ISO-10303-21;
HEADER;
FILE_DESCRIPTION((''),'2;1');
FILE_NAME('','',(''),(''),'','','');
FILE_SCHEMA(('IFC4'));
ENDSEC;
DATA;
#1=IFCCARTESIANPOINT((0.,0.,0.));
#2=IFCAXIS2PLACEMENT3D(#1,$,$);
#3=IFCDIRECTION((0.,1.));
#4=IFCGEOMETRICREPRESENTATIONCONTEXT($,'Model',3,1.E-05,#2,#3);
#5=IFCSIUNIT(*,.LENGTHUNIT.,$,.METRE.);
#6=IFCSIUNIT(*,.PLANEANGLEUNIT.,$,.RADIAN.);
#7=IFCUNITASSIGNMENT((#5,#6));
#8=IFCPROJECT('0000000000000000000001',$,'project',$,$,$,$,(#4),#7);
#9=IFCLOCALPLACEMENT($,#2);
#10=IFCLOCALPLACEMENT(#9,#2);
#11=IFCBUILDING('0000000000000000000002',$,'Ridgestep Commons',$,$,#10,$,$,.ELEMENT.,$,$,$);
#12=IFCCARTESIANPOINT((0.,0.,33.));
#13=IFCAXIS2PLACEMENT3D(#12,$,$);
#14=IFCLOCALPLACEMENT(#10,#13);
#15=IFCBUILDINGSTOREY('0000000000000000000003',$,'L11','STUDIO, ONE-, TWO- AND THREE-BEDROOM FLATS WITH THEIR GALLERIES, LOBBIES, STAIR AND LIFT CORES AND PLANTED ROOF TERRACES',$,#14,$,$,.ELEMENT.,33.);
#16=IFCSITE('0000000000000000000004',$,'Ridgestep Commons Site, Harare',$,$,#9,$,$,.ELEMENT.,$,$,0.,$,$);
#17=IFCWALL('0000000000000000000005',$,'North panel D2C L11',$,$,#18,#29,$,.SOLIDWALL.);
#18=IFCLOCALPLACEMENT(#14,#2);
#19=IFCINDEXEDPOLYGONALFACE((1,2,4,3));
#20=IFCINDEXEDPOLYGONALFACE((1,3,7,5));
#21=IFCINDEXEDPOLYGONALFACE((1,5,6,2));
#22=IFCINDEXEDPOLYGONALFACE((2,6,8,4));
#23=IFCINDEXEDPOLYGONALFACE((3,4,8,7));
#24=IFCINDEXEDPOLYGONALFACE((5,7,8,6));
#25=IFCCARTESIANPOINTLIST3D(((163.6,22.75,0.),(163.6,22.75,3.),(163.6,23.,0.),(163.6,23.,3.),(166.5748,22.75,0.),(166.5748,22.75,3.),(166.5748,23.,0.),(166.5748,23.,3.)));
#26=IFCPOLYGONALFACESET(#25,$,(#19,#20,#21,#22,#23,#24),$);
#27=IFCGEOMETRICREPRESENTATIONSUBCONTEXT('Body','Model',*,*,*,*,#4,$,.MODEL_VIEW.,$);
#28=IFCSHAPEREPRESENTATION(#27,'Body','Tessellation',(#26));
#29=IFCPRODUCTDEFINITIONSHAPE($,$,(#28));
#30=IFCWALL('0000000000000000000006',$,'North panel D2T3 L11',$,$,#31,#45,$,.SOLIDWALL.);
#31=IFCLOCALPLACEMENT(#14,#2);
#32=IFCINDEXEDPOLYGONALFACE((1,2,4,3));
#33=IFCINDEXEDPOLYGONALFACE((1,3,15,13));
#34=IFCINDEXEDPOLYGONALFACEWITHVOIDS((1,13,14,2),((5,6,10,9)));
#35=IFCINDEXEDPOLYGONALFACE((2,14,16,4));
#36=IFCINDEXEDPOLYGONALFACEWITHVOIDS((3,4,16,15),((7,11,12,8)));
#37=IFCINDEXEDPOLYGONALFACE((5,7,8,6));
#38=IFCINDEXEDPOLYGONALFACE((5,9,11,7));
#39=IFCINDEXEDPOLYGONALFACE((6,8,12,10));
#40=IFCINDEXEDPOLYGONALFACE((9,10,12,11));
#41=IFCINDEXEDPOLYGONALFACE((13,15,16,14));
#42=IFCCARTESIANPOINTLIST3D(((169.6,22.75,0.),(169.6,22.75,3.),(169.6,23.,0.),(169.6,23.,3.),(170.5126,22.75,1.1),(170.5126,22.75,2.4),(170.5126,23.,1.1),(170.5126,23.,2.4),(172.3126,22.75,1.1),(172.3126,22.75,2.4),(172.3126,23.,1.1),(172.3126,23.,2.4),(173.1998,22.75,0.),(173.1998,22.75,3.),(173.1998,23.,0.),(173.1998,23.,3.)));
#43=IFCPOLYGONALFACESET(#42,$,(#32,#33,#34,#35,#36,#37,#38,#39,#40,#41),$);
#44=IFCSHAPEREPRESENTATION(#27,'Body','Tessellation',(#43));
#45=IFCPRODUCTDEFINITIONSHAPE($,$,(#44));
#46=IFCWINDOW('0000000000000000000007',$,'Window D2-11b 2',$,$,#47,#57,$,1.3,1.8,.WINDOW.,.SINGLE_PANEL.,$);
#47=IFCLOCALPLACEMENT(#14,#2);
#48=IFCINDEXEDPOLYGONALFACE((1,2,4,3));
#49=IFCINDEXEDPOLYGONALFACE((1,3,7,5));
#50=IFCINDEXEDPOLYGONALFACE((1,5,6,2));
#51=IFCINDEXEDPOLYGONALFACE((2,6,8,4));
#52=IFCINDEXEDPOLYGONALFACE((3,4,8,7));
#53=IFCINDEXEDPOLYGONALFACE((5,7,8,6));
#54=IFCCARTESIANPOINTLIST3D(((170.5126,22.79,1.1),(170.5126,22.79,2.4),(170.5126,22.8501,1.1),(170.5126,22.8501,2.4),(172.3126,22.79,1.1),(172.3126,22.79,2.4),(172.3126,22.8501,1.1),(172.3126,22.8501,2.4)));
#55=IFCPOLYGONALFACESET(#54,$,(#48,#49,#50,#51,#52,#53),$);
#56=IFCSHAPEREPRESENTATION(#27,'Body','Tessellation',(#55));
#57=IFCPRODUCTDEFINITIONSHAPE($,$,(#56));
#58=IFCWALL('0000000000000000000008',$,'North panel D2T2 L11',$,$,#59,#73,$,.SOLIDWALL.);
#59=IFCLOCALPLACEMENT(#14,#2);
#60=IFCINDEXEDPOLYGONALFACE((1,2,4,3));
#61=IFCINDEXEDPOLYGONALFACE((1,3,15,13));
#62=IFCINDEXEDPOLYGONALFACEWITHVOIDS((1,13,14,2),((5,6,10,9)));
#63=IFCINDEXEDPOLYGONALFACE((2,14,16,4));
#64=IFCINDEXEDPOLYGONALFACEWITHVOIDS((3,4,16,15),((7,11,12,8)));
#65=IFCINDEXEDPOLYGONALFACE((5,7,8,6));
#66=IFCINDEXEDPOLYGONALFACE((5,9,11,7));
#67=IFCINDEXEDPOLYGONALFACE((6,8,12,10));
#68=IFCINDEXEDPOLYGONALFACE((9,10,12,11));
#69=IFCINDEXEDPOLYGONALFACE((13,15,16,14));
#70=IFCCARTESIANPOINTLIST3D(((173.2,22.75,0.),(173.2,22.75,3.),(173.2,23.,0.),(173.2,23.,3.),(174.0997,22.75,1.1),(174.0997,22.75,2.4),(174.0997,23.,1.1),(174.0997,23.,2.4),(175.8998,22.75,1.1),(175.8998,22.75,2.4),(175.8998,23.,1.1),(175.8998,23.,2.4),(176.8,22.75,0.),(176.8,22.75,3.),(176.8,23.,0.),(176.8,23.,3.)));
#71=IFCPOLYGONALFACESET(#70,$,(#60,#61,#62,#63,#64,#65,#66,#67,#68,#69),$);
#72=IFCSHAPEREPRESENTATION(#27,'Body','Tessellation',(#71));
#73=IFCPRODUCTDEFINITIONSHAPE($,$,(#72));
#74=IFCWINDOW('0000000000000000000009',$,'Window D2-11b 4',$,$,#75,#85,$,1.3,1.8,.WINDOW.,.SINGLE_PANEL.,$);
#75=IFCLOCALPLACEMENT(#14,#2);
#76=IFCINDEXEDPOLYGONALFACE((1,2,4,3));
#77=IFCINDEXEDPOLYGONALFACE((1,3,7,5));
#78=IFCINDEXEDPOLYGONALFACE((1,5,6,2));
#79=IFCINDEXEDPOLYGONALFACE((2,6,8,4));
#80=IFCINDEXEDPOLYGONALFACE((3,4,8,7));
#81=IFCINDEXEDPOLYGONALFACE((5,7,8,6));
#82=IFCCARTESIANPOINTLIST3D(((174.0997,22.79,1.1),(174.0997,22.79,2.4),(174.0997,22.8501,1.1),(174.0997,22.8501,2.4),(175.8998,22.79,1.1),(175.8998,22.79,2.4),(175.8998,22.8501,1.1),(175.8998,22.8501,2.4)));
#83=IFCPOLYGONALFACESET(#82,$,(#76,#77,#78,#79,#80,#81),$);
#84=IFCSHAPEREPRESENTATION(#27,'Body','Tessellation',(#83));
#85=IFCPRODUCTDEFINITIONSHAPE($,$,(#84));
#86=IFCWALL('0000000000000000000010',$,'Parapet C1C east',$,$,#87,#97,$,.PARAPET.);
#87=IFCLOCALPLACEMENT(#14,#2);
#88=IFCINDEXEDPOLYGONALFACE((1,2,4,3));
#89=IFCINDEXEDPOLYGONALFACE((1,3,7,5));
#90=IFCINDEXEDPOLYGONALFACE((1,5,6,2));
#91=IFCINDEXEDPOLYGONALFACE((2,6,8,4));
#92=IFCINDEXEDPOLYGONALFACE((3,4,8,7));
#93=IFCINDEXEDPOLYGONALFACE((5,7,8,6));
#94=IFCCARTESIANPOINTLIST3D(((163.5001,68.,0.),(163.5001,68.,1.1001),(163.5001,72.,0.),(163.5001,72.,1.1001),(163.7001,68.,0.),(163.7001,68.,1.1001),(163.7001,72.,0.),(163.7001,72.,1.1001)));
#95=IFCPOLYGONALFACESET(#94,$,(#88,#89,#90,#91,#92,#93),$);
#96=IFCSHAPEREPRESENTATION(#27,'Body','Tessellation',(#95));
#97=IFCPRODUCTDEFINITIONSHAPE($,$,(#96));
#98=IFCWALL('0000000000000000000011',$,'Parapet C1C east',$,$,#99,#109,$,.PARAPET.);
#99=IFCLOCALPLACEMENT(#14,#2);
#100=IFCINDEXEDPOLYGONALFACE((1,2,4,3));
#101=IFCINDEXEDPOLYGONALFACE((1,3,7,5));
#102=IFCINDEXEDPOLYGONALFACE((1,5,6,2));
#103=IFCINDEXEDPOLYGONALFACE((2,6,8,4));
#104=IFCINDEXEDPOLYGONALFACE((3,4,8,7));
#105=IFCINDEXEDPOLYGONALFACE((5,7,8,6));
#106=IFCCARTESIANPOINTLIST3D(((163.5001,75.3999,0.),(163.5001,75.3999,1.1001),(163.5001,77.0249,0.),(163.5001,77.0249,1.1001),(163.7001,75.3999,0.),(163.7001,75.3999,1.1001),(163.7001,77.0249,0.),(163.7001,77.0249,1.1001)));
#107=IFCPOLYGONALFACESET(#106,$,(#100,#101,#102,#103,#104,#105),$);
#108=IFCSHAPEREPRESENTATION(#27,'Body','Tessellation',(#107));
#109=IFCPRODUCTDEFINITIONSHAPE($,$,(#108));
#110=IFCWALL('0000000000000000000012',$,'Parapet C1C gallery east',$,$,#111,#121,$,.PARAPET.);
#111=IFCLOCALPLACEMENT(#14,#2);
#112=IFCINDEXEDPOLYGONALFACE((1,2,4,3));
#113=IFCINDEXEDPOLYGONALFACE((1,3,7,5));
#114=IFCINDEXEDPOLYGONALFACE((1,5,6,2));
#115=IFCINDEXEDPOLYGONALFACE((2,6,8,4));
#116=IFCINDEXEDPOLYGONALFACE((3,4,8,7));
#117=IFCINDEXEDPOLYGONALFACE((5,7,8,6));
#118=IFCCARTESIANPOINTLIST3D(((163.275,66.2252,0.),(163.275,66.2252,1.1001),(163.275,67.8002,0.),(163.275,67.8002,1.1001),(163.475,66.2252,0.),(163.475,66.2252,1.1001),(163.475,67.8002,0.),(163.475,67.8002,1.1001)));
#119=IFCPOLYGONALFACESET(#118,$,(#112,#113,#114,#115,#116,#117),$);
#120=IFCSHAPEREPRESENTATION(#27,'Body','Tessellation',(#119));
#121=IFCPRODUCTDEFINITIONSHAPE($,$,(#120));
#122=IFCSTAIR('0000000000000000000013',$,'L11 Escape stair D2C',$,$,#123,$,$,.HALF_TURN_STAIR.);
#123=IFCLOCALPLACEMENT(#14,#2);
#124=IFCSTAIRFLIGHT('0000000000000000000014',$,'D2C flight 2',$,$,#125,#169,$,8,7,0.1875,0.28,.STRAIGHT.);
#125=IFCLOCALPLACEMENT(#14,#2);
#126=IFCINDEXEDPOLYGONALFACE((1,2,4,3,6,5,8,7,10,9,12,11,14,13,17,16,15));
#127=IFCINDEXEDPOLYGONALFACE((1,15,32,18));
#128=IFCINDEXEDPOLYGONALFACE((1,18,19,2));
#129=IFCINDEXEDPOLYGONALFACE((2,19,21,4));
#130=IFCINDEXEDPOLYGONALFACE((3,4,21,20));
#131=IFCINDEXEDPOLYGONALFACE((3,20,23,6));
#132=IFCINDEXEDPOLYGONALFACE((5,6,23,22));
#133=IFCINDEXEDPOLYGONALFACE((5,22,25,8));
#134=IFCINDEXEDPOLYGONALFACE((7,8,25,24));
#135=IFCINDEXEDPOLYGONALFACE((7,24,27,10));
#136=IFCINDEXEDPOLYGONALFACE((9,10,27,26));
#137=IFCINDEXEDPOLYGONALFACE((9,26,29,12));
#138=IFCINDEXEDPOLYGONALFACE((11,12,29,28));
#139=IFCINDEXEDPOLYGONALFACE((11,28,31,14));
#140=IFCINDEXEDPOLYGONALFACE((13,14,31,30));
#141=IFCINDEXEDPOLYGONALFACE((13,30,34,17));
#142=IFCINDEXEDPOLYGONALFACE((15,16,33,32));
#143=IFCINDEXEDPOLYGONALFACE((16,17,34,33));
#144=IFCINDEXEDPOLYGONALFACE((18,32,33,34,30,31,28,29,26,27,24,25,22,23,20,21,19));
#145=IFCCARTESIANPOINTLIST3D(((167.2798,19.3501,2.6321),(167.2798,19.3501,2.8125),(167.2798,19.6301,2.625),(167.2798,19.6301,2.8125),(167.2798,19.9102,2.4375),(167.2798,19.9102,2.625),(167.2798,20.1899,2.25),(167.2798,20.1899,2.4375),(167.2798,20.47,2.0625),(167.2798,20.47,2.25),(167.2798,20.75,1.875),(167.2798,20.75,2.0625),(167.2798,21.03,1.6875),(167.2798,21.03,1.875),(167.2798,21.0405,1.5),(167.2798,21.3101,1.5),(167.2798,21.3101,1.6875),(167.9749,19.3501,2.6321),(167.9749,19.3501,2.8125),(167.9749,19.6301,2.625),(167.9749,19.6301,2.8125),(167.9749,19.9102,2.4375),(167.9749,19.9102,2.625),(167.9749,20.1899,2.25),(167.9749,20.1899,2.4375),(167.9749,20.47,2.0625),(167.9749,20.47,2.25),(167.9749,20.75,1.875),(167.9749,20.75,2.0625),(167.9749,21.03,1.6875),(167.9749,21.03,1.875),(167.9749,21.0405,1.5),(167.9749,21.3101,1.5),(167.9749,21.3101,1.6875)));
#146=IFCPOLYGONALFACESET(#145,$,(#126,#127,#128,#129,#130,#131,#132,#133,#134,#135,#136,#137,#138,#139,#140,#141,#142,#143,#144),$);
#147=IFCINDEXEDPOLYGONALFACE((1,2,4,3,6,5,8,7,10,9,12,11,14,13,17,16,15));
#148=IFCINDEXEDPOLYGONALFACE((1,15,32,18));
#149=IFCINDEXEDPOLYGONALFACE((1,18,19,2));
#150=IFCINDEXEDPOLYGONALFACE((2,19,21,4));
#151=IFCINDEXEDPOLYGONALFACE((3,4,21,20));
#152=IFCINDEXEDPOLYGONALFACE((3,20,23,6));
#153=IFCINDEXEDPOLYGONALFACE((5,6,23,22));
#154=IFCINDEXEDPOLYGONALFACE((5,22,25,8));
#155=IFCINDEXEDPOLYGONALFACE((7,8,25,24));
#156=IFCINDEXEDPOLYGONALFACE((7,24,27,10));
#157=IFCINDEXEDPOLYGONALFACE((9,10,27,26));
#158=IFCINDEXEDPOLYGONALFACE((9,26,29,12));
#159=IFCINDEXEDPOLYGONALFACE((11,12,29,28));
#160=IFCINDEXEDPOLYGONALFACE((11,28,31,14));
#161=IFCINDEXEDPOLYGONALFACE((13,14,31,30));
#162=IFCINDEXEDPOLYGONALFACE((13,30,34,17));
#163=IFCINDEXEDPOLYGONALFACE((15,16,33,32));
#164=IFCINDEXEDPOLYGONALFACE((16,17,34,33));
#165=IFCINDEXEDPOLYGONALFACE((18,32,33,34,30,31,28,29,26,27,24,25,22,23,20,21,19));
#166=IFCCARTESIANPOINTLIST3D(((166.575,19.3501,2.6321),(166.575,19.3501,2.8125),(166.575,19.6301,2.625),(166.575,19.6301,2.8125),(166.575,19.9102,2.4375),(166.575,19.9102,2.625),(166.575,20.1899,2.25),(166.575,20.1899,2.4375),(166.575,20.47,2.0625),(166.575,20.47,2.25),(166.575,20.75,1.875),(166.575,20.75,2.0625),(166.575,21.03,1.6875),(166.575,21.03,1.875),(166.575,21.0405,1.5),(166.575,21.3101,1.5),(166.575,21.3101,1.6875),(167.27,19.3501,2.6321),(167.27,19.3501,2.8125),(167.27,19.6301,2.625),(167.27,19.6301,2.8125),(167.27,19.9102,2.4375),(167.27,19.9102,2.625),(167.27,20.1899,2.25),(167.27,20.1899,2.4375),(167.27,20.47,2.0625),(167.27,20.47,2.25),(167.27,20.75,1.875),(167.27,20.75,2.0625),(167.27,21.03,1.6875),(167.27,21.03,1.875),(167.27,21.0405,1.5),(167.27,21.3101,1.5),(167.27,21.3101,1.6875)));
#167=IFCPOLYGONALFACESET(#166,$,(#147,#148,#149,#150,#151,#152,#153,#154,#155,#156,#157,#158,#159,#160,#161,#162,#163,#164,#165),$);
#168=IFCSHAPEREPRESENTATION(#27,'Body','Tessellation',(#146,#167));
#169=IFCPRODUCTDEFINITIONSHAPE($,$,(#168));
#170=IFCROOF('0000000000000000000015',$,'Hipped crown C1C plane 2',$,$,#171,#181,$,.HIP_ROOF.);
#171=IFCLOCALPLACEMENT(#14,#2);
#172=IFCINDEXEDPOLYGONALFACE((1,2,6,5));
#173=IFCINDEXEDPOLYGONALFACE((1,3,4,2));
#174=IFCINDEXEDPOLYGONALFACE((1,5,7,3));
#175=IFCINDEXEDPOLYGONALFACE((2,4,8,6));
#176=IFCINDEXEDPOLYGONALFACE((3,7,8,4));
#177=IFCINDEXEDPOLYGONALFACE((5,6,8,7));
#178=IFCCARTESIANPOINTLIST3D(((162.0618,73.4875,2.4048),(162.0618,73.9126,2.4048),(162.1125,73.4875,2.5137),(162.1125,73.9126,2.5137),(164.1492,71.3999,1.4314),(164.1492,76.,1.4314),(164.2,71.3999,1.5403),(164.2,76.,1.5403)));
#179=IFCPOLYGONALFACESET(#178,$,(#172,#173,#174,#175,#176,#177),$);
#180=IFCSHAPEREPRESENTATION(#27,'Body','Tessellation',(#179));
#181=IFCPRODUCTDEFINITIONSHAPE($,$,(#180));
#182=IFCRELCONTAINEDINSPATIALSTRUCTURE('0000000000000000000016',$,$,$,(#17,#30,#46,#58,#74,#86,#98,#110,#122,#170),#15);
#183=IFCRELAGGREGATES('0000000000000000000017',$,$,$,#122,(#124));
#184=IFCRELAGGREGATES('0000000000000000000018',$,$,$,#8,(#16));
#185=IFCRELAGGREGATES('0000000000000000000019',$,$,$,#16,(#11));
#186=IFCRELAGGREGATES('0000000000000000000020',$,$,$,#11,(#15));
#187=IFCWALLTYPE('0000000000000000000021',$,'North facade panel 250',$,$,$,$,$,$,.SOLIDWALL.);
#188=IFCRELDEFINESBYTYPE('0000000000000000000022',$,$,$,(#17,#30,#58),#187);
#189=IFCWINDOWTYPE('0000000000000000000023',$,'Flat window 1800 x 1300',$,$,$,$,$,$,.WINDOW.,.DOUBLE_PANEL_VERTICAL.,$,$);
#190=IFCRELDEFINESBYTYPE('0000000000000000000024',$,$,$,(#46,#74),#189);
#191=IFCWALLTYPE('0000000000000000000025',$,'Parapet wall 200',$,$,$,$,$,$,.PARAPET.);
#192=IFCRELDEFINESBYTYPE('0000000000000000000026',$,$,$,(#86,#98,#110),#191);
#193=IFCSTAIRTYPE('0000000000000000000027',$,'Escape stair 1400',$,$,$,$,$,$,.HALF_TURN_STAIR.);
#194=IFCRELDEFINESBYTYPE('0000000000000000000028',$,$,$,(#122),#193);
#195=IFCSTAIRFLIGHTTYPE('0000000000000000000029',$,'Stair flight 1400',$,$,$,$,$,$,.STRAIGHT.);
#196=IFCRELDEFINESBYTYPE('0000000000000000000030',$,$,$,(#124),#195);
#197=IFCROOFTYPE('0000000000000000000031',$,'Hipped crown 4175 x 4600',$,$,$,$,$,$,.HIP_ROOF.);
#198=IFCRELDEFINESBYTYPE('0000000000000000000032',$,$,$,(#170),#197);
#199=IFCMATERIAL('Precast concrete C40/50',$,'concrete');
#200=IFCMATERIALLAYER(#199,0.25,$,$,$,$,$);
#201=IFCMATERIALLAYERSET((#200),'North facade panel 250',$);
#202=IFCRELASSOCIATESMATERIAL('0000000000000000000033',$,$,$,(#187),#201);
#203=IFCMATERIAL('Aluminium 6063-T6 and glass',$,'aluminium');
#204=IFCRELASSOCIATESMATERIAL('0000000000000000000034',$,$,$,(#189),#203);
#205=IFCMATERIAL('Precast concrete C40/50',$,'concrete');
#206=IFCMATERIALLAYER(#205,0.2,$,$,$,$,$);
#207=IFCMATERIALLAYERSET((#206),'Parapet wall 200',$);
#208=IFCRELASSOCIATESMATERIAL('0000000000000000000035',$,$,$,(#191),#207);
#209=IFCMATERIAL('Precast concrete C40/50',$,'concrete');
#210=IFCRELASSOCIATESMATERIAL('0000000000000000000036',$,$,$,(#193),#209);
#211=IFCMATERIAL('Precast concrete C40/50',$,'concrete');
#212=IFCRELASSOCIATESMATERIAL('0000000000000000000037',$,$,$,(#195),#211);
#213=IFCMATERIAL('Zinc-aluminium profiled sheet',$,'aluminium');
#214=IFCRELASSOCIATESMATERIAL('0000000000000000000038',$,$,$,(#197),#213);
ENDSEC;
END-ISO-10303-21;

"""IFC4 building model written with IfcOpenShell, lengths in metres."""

from ifc_helpers import new_model, si_unit, direction, frame, frame_2d, origin, place, context, subcontext, project, spatial, polyline, rectangle, outline, extrude, material, layer, layer_set, type_object, element, fill, aggregate, save


model = new_model("IFC4")

# Units and contexts
model_context = context("Model", 3, precision=1e-05, world=origin(), true_north=direction((0.0, 1.0)))
body_context = subcontext(model_context, "Body", "Model", "MODEL_VIEW")
ifc_project = project(units=[si_unit("LENGTHUNIT", "METRE"), si_unit("PLANEANGLEUNIT", "RADIAN")], contexts=[model_context])

# Site, building, storey
site_placement = place(None, origin())
site = spatial("IfcSite", under=ifc_project, at=site_placement, Name="Ridgestep Commons Site, Harare", CompositionType="ELEMENT", RefElevation=0.0)
building_placement = place(site_placement, origin())
building = spatial("IfcBuilding", under=site, at=building_placement, Name="Ridgestep Commons", CompositionType="ELEMENT")
storey_placement = place(building_placement, frame((0.0, 0.0, 33.0)))
storey = spatial("IfcBuildingStorey", under=building, at=storey_placement, Name="L11", Description="STUDIO, ONE-, TWO- AND THREE-BEDROOM FLATS WITH THEIR GALLERIES, LOBBIES, STAIR AND LIFT CORES AND PLANTED ROOF TERRACES", CompositionType="ELEMENT", Elevation=33.0)

# Wall
ifc_material_1 = material(Name="Precast concrete C40/50", Category="concrete")
ifc_layer_1 = layer(ifc_material_1, 0.25)
ifc_layer_set_1 = layer_set([ifc_layer_1], Name="North facade panel 250")
wall_type_1 = type_object("IfcWallType", Name="North facade panel 250", PredefinedType="SOLIDWALL", material=ifc_layer_set_1)
wall_1_placement = place(storey_placement, frame((163.6001, 22.875, 0.0), z_axis=(0.0, 0.0, 1.0), x_axis=(1.0, 0.0, 0.0)))
element("IfcWall", 1, at=wall_1_placement, inside=storey, type_object=wall_type_1, Name="North panel D2C L11", PredefinedType="SOLIDWALL", context=body_context, shape_type="SweptSolid", body=[
    extrude(rectangle(XDim=2.9749, YDim=0.25, at=frame_2d((1.4873, 0.0))), origin(), (0.0, 0.0, 1.0), 3.0),
])

# Walls, openings, windows
wall_2_placement = place(storey_placement, frame((169.6001, 22.875, 0.0), z_axis=(0.0, 0.0, 1.0), x_axis=(1.0, 0.0, 0.0)))
wall_2 = element("IfcWall", 2, at=wall_2_placement, inside=storey, type_object=wall_type_1, Name="North panel D2T3 L11", PredefinedType="SOLIDWALL", context=body_context, shape_type="SweptSolid", body=[
    extrude(rectangle(XDim=3.5999, YDim=0.25, at=frame_2d((1.7998, 0.0))), origin(), (0.0, 0.0, 1.0), 3.0),
])
opening_1_placement = place(wall_2_placement, frame((0.9126, 0.0, 1.1001)))
opening_1 = element("IfcOpeningElement", 3, at=opening_1_placement, cuts=wall_2, PredefinedType="OPENING", context=body_context, shape_type="SweptSolid", body=[
    extrude(rectangle(XDim=1.8, YDim=1.3, at=frame_2d((0.8999, 0.6499))), frame((0.0, 0.135, 0.0), z_axis=(0.0, -1.0, 0.0), x_axis=(1.0, 0.0, 0.0)), (0.0, 0.0, 1.0), 0.27),
])
ifc_material_2 = material(Name="Aluminium 6063-T6 and glass", Category="aluminium")
window_type = type_object("IfcWindowType", Name="Flat window 1800 x 1300", PartitioningType="DOUBLE_PANEL_VERTICAL", PredefinedType="WINDOW", material=ifc_material_2)
window_1_placement = place(opening_1_placement, origin())
window_1 = element("IfcWindow", 4, at=window_1_placement, inside=storey, type_object=window_type, Name="Window D2-11b 2", OverallHeight=1.3, OverallWidth=1.8, PartitioningType="SINGLE_PANEL", PredefinedType="WINDOW", context=body_context, shape_type="SweptSolid", body=[
    extrude(rectangle(XDim=1.8, YDim=1.3, at=frame_2d((0.8999, 0.6499))), frame((0.0, -0.0249, 0.0), z_axis=(0.0, -1.0, 0.0), x_axis=(1.0, 0.0, 0.0)), (0.0, 0.0, 1.0), 0.0601),
])
fill(opening_1, window_1)
wall_3_placement = place(storey_placement, frame((173.2, 22.875, 0.0), z_axis=(0.0, 0.0, 1.0), x_axis=(1.0, 0.0, 0.0)))
wall_3 = element("IfcWall", 5, at=wall_3_placement, inside=storey, type_object=wall_type_1, Name="North panel D2T2 L11", PredefinedType="SOLIDWALL", context=body_context, shape_type="SweptSolid", body=[
    extrude(rectangle(XDim=3.6001, YDim=0.25, at=frame_2d((1.8, 0.0))), origin(), (0.0, 0.0, 1.0), 3.0),
])
opening_2_placement = place(wall_3_placement, frame((0.8999, 0.0, 1.1001)))
opening_2 = element("IfcOpeningElement", 6, at=opening_2_placement, cuts=wall_3, PredefinedType="OPENING", context=body_context, shape_type="SweptSolid", body=[
    extrude(rectangle(XDim=1.8, YDim=1.3, at=frame_2d((0.8999, 0.6499))), frame((0.0, 0.135, 0.0), z_axis=(0.0, -1.0, 0.0), x_axis=(1.0, 0.0, 0.0)), (0.0, 0.0, 1.0), 0.27),
])
window_2_placement = place(opening_2_placement, origin())
window_2 = element("IfcWindow", 7, at=window_2_placement, inside=storey, type_object=window_type, Name="Window D2-11b 4", OverallHeight=1.3, OverallWidth=1.8, PartitioningType="SINGLE_PANEL", PredefinedType="WINDOW", context=body_context, shape_type="SweptSolid", body=[
    extrude(rectangle(XDim=1.8, YDim=1.3, at=frame_2d((0.8999, 0.6499))), frame((0.0, -0.0249, 0.0), z_axis=(0.0, -1.0, 0.0), x_axis=(1.0, 0.0, 0.0)), (0.0, 0.0, 1.0), 0.0601),
])
fill(opening_2, window_2)

# Walls
ifc_material_3 = material(Name="Precast concrete C40/50", Category="concrete")
ifc_layer_2 = layer(ifc_material_3, 0.2)
ifc_layer_set_2 = layer_set([ifc_layer_2], Name="Parapet wall 200")
wall_type_2 = type_object("IfcWallType", Name="Parapet wall 200", PredefinedType="PARAPET", material=ifc_layer_set_2)
wall_4_placement = place(storey_placement, frame((163.6001, 68.0, 0.0), z_axis=(0.0, 0.0, 1.0), x_axis=(0.0, 1.0, 0.0)))
element("IfcWall", 8, at=wall_4_placement, inside=storey, type_object=wall_type_2, Name="Parapet C1C east", PredefinedType="PARAPET", context=body_context, shape_type="SweptSolid", body=[
    extrude(rectangle(XDim=4.0, YDim=0.2, at=frame_2d((2.0, 0.0))), origin(), (0.0, 0.0, 1.0), 1.1001),
])
wall_5_placement = place(storey_placement, frame((163.6001, 75.3999, 0.0), z_axis=(0.0, 0.0, 1.0), x_axis=(0.0, 1.0, 0.0)))
element("IfcWall", 9, at=wall_5_placement, inside=storey, type_object=wall_type_2, Name="Parapet C1C east", PredefinedType="PARAPET", context=body_context, shape_type="SweptSolid", body=[
    extrude(rectangle(XDim=1.625, YDim=0.2, at=frame_2d((0.8125, 0.0))), origin(), (0.0, 0.0, 1.0), 1.1001),
])
wall_6_placement = place(storey_placement, frame((163.375, 66.2251, 0.0), z_axis=(0.0, 0.0, 1.0), x_axis=(0.0, 1.0, 0.0)))
element("IfcWall", 10, at=wall_6_placement, inside=storey, type_object=wall_type_2, Name="Parapet C1C gallery east", PredefinedType="PARAPET", context=body_context, shape_type="SweptSolid", body=[
    extrude(rectangle(XDim=1.575, YDim=0.2, at=frame_2d((0.7876, 0.0))), origin(), (0.0, 0.0, 1.0), 1.1001),
])

# Stair, stair flight
ifc_material_4 = material(Name="Precast concrete C40/50", Category="concrete")
stair_type = type_object("IfcStairType", Name="Escape stair 1400", PredefinedType="HALF_TURN_STAIR", material=ifc_material_4)
stair_placement = place(storey_placement, origin())
stair = element("IfcStair", 11, at=stair_placement, inside=storey, type_object=stair_type, Name="L11 Escape stair D2C", PredefinedType="HALF_TURN_STAIR")
ifc_material_5 = material(Name="Precast concrete C40/50", Category="concrete")
stair_flight_type = type_object("IfcStairFlightType", Name="Stair flight 1400", PredefinedType="STRAIGHT", material=ifc_material_5)
stair_flight_placement = place(storey_placement, frame((167.2749, 21.3101, 1.5), z_axis=(0.0, 0.0, 1.0), x_axis=(0.0, -1.0, 0.0)))
stair_flight = element("IfcStairFlight", 12, at=stair_flight_placement, type_object=stair_flight_type, Name="D2C flight 2", NumberOfRisers=8, NumberOfTreads=7, PredefinedType="STRAIGHT", RiserHeight=0.1875, TreadLength=0.28, context=body_context, shape_type="SweptSolid", body=[
    extrude(outline(polyline([(0.0, 0.0), (0.0, 0.1875), (0.28, 0.1875), (0.28, 0.375), (0.5601, 0.375), (0.5601, 0.5625), (0.8401, 0.5625), (0.8401, 0.75), (1.1201, 0.75), (1.1201, 0.9375), (1.3999, 0.9375), (1.3999, 1.125), (1.6799, 1.125), (1.6799, 1.3125), (1.96, 1.3125), (1.96, 1.5), (1.96, 1.1321), (0.2695, 0.0), (0.0, 0.0)])), frame((0.0, 0.7, 0.0), z_axis=(0.0, -1.0, 0.0), x_axis=(1.0, 0.0, 0.0)), (0.0, 0.0, 1.0), 0.6951),
    extrude(outline(polyline([(0.0, 0.0), (0.0, 0.1875), (0.28, 0.1875), (0.28, 0.375), (0.5601, 0.375), (0.5601, 0.5625), (0.8401, 0.5625), (0.8401, 0.75), (1.1201, 0.75), (1.1201, 0.9375), (1.3999, 0.9375), (1.3999, 1.125), (1.6799, 1.125), (1.6799, 1.3125), (1.96, 1.3125), (1.96, 1.5), (1.96, 1.1321), (0.2695, 0.0), (0.0, 0.0)])), frame((0.0, -0.0049, 0.0), z_axis=(0.0, -1.0, 0.0), x_axis=(1.0, 0.0, 0.0)), (0.0, 0.0, 1.0), 0.6951),
])
aggregate(stair, [stair_flight])

# Roof
ifc_material_6 = material(Name="Zinc-aluminium profiled sheet", Category="aluminium")
roof_type = type_object("IfcRoofType", Name="Hipped crown 4175 x 4600", PredefinedType="HIP_ROOF", material=ifc_material_6)
roof_1_placement = place(storey_placement, frame((164.2, 76.0, 1.5403), z_axis=(0.422624, 0.0, 0.906305), x_axis=(0.0, -1.0, 0.0)))
element("IfcRoof", 13, at=roof_1_placement, inside=storey, type_object=roof_type, Name="Hipped crown C1C plane 2", PredefinedType="HIP_ROOF", context=body_context, shape_type="SweptSolid", body=[
    extrude(outline(polyline([(0.0, 0.0), (4.6001, 0.0), (2.5125, -2.3032), (2.0874, -2.3032), (0.0, 0.0)])), origin(), (0.0, 0.0, -1.0), 0.1201),
])

save(model, "model.ifc")
